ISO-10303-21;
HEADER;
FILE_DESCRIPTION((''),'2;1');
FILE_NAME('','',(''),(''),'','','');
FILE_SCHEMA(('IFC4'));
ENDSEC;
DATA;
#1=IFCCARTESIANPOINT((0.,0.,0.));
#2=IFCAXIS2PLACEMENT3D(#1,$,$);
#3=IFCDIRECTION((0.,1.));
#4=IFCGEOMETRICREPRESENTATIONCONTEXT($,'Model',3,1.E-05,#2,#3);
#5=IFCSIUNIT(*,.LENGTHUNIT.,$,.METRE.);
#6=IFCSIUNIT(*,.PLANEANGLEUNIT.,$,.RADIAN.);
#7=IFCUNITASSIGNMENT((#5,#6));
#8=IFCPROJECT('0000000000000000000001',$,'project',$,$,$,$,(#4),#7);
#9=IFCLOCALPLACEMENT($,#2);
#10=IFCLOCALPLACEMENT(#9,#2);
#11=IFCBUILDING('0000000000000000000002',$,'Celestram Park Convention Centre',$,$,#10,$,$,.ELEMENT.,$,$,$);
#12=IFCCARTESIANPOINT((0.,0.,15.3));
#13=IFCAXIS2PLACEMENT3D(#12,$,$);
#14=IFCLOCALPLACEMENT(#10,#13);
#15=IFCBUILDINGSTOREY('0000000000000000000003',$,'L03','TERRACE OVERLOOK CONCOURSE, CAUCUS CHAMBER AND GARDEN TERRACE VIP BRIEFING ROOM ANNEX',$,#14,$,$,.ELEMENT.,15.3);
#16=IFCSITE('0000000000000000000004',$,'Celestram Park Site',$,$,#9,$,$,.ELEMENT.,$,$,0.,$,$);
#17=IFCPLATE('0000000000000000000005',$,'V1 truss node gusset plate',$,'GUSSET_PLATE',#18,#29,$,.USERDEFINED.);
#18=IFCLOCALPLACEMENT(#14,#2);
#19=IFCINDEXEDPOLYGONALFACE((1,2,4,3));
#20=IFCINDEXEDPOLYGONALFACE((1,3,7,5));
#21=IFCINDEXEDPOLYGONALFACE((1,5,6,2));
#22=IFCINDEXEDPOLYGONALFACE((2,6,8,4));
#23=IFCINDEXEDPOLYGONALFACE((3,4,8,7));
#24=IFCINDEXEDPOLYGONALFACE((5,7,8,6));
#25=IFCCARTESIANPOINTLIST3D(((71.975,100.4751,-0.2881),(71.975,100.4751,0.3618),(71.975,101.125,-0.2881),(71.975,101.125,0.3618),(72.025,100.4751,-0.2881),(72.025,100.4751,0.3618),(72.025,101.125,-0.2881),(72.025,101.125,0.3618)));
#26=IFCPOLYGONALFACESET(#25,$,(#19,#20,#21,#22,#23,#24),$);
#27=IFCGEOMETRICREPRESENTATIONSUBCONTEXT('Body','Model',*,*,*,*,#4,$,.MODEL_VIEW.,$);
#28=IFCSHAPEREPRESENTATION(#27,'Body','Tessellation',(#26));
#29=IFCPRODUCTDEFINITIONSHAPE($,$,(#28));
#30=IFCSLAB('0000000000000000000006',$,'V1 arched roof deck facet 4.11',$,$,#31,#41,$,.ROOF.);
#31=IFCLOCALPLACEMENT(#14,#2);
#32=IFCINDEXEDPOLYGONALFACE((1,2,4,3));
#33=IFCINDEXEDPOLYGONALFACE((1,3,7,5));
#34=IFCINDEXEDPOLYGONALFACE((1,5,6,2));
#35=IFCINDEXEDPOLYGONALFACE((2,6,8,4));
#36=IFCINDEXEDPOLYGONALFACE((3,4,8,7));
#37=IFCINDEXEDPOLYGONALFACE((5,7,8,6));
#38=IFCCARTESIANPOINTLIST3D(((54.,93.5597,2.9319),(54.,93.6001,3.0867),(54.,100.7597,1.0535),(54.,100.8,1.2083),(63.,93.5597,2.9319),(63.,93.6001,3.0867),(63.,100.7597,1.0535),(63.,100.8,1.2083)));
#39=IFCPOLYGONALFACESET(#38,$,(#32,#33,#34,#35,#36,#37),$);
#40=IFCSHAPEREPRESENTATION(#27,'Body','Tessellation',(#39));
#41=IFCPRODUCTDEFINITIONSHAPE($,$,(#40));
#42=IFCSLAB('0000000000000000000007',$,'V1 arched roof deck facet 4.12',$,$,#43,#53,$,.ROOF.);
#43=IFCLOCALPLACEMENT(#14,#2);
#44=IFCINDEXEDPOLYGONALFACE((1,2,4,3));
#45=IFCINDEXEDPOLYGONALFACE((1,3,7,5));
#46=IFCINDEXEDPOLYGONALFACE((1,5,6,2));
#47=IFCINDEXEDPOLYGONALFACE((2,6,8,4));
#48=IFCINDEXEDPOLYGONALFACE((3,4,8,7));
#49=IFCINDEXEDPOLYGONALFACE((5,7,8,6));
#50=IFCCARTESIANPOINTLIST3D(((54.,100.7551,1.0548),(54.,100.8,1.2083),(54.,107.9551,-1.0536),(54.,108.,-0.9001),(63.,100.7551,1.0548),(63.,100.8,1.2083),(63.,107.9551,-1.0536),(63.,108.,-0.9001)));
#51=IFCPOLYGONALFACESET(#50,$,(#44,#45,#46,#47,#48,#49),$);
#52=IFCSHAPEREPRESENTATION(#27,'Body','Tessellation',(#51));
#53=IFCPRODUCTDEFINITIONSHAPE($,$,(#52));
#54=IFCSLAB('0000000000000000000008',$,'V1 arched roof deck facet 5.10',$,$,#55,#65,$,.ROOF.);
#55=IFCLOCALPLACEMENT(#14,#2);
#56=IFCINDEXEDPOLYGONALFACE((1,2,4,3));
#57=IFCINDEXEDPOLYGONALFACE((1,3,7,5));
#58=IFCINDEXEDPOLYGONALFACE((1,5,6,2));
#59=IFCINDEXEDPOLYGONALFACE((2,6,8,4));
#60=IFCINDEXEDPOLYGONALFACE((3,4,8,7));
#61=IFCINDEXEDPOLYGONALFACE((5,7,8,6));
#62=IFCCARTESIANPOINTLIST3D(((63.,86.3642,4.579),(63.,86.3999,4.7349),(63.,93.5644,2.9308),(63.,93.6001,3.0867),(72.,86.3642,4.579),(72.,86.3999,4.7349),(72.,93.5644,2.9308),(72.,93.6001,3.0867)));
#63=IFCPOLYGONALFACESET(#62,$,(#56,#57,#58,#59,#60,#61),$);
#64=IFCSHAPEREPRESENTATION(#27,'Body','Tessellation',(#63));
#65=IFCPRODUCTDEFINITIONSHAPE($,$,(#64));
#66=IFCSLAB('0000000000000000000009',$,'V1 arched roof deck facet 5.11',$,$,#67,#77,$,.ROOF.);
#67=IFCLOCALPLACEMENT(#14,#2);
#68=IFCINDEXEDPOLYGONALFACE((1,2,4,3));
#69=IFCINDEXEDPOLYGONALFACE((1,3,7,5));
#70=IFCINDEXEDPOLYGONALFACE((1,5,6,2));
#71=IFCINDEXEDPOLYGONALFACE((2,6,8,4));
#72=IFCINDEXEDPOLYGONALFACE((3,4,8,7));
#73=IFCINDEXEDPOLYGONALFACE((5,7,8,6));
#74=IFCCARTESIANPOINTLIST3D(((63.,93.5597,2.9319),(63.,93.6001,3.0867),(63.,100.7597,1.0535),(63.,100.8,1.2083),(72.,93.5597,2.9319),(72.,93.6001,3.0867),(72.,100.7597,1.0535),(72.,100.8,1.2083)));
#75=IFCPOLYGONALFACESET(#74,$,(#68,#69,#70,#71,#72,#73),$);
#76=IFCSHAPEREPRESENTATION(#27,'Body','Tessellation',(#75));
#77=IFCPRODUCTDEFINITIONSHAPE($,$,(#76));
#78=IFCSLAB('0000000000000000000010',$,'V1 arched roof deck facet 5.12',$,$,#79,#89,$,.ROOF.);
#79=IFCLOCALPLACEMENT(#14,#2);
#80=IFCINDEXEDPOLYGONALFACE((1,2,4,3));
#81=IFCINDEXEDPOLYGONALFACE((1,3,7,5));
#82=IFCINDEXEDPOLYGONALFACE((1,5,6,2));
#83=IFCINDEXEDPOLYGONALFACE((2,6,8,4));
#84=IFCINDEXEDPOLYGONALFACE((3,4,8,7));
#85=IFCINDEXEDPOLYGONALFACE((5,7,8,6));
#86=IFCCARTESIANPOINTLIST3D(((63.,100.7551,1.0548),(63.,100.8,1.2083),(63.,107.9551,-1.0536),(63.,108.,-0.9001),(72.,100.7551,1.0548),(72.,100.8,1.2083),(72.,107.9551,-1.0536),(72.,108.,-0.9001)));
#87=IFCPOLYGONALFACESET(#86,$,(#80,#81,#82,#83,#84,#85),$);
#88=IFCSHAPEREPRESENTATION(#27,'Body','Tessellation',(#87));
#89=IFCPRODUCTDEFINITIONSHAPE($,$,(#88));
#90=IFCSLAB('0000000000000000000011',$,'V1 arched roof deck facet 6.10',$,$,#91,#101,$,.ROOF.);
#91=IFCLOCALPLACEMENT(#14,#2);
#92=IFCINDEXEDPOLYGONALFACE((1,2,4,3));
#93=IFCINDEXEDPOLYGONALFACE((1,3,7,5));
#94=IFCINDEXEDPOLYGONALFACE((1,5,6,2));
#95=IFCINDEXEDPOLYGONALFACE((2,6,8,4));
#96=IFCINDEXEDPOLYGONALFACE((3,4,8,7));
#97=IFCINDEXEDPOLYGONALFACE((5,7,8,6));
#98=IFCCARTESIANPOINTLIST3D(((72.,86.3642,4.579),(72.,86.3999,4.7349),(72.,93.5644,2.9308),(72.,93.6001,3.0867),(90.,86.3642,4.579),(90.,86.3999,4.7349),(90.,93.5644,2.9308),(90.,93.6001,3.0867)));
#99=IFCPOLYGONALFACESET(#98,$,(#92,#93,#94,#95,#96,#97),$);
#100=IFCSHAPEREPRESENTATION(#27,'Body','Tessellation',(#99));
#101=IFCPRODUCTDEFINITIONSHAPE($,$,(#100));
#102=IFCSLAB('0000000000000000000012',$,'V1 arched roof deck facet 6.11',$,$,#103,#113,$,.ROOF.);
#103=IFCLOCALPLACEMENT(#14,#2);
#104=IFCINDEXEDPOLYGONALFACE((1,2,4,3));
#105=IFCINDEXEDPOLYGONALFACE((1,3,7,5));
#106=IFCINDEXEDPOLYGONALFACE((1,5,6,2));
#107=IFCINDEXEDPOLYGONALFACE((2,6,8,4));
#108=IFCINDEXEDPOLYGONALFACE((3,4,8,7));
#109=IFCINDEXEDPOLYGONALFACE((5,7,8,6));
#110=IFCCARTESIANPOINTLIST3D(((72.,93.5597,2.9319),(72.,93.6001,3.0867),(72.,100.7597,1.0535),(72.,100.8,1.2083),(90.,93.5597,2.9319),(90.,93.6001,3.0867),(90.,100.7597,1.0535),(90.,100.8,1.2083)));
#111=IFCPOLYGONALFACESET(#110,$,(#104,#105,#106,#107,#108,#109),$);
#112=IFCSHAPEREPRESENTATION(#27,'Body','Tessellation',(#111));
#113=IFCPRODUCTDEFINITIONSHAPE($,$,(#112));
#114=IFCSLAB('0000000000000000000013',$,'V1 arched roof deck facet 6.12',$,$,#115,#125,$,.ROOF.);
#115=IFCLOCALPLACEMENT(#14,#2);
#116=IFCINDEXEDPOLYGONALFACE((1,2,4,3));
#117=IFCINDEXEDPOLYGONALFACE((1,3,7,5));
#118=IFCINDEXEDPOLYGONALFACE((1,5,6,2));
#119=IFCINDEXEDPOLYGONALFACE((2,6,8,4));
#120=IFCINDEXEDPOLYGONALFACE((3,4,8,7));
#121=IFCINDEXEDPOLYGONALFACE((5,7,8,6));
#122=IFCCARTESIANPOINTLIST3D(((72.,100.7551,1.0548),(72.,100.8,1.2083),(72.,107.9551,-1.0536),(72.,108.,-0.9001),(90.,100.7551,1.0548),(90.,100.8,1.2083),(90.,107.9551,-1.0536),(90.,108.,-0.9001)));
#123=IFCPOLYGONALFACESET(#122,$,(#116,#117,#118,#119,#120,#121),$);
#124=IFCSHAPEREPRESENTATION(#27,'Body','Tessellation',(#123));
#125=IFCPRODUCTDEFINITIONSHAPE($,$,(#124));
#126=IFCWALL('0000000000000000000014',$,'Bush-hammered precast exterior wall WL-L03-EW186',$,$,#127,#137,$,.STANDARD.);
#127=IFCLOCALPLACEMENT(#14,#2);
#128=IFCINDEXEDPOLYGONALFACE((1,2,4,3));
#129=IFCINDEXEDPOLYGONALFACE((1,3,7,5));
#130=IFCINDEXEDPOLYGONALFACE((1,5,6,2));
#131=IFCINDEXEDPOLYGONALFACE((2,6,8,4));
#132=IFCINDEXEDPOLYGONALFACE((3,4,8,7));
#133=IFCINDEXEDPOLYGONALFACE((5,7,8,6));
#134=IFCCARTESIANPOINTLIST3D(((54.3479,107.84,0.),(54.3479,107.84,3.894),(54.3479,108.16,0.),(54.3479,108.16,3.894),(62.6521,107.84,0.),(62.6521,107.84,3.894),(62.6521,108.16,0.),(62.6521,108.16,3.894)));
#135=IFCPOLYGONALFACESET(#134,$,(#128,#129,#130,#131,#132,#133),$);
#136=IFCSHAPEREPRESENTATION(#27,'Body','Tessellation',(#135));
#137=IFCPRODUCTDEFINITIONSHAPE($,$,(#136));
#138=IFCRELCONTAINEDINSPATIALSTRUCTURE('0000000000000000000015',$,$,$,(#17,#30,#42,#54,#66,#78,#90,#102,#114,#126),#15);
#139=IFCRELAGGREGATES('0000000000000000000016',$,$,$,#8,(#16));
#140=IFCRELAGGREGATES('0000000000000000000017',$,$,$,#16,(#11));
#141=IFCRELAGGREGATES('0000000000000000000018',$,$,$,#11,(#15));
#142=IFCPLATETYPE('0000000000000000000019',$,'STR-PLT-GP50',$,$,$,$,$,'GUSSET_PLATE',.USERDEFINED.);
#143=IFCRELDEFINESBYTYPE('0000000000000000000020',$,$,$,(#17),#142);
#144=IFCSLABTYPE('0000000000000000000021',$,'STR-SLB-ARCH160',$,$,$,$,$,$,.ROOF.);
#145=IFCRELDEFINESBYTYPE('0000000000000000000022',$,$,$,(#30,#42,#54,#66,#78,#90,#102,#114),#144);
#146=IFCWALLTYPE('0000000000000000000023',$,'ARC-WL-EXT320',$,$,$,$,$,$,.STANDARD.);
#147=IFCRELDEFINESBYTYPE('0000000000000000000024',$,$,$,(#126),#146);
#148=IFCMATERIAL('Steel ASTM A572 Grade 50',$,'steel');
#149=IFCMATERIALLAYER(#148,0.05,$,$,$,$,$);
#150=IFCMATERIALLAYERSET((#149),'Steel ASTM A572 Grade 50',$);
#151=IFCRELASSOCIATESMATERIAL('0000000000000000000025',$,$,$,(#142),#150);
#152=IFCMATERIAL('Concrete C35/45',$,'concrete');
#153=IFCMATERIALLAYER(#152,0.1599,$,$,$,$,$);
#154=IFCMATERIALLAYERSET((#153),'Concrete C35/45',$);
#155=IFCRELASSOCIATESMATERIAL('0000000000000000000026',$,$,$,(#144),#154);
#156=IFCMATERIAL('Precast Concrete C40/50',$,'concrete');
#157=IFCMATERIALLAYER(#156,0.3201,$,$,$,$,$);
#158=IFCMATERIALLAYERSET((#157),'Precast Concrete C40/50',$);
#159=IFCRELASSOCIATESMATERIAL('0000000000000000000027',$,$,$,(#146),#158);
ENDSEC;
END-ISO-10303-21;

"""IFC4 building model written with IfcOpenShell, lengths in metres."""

from ifc_helpers import new_model, si_unit, direction, frame, frame_2d, origin, origin_2d, place, context, subcontext, project, spatial, polyline, rectangle, outline, extrude, material, layer, layer_set, type_object, element, save


model = new_model("IFC4")

# Units and contexts
model_context = context("Model", 3, precision=1e-05, world=origin(), true_north=direction((0.0, 1.0)))
body_context = subcontext(model_context, "Body", "Model", "MODEL_VIEW")
ifc_project = project(units=[si_unit("LENGTHUNIT", "METRE"), si_unit("PLANEANGLEUNIT", "RADIAN")], contexts=[model_context])

# Site, building, storey
site_placement = place(None, origin())
site = spatial("IfcSite", under=ifc_project, at=site_placement, Name="Celestram Park Site", CompositionType="ELEMENT", RefElevation=0.0)
building_placement = place(site_placement, origin())
building = spatial("IfcBuilding", under=site, at=building_placement, Name="Celestram Park Convention Centre", CompositionType="ELEMENT")
storey_placement = place(building_placement, frame((0.0, 0.0, 15.3)))
storey = spatial("IfcBuildingStorey", under=building, at=storey_placement, Name="L03", Description="TERRACE OVERLOOK CONCOURSE, CAUCUS CHAMBER AND GARDEN TERRACE VIP BRIEFING ROOM ANNEX", CompositionType="ELEMENT", Elevation=15.3)

# Plate
ifc_material_1 = material(Name="Steel ASTM A572 Grade 50", Category="steel")
ifc_layer_1 = layer(ifc_material_1, 0.05)
ifc_layer_set_1 = layer_set([ifc_layer_1], Name="Steel ASTM A572 Grade 50")
plate_type = type_object("IfcPlateType", Name="STR-PLT-GP50", ElementType="GUSSET_PLATE", PredefinedType="USERDEFINED", material=ifc_layer_set_1)
for number, where, z_axis, x_axis, name in (
    (1, (72.0, 100.8, -0.2881), (0.0, 0.0, 1.0), (0.0, 1.0, 0.0), "V1 truss node gusset plate"),
):
    element("IfcPlate", number, at=place(storey_placement, frame(where, z_axis=z_axis, x_axis=x_axis)), inside=storey, type_object=plate_type, Name=name, ObjectType="GUSSET_PLATE", PredefinedType="USERDEFINED", context=body_context, shape_type="SweptSolid", body=[
        extrude(rectangle(XDim=0.6499, YDim=0.05, at=origin_2d()), origin(), (0.0, 0.0, 1.0), 0.6499),
    ])

# Slabs
ifc_material_2 = material(Name="Concrete C35/45", Category="concrete")
ifc_layer_2 = layer(ifc_material_2, 0.1599)
ifc_layer_set_2 = layer_set([ifc_layer_2], Name="Concrete C35/45")
slab_type = type_object("IfcSlabType", Name="STR-SLB-ARCH160", PredefinedType="ROOF", material=ifc_layer_set_2)
slab_1_placement = place(storey_placement, frame((54.0, 93.6001, 3.0867), z_axis=(0.0, 0.252443, 0.967612), x_axis=(1.0, 0.0, 0.0)))
element("IfcSlab", 2, at=slab_1_placement, inside=storey, type_object=slab_type, Name="V1 arched roof deck facet 4.11", PredefinedType="ROOF", context=body_context, shape_type="SweptSolid", body=[
    extrude(outline(polyline([(0.0, 0.0), (9.0, 0.0), (9.0, 7.441), (0.0, 7.441), (0.0, 0.0)])), origin(), (0.0, 0.0, -1.0), 0.1599),
])
slab_2_placement = place(storey_placement, frame((54.0, 100.8, 1.2083), z_axis=(0.0, 0.281033, 0.959698), x_axis=(1.0, 0.0, 0.0)))
element("IfcSlab", 3, at=slab_2_placement, inside=storey, type_object=slab_type, Name="V1 arched roof deck facet 4.12", PredefinedType="ROOF", context=body_context, shape_type="SweptSolid", body=[
    extrude(outline(polyline([(0.0, 0.0), (9.0, 0.0), (9.0, 7.5023), (0.0, 7.5023), (0.0, 0.0)])), origin(), (0.0, 0.0, -1.0), 0.1599),
])
slab_3_placement = place(storey_placement, frame((63.0, 86.3999, 4.7349), z_axis=(0.0, 0.223138, 0.974787), x_axis=(1.0, 0.0, 0.0)))
element("IfcSlab", 4, at=slab_3_placement, inside=storey, type_object=slab_type, Name="V1 arched roof deck facet 5.10", PredefinedType="ROOF", context=body_context, shape_type="SweptSolid", body=[
    extrude(outline(polyline([(0.0, 0.0), (9.0, 0.0), (9.0, 7.3864), (0.0, 7.3864), (0.0, 0.0)])), origin(), (0.0, 0.0, -1.0), 0.1599),
])
slab_4_placement = place(storey_placement, frame((63.0, 93.6001, 3.0867), z_axis=(0.0, 0.252443, 0.967612), x_axis=(1.0, 0.0, 0.0)))
element("IfcSlab", 5, at=slab_4_placement, inside=storey, type_object=slab_type, Name="V1 arched roof deck facet 5.11", PredefinedType="ROOF", context=body_context, shape_type="SweptSolid", body=[
    extrude(outline(polyline([(0.0, 0.0), (9.0, 0.0), (9.0, 7.441), (0.0, 7.441), (0.0, 0.0)])), origin(), (0.0, 0.0, -1.0), 0.1599),
])
slab_5_placement = place(storey_placement, frame((63.0, 100.8, 1.2083), z_axis=(0.0, 0.281033, 0.959698), x_axis=(1.0, 0.0, 0.0)))
element("IfcSlab", 6, at=slab_5_placement, inside=storey, type_object=slab_type, Name="V1 arched roof deck facet 5.12", PredefinedType="ROOF", context=body_context, shape_type="SweptSolid", body=[
    extrude(outline(polyline([(0.0, 0.0), (9.0, 0.0), (9.0, 7.5023), (0.0, 7.5023), (0.0, 0.0)])), origin(), (0.0, 0.0, -1.0), 0.1599),
])
slab_6_placement = place(storey_placement, frame((72.0, 86.3999, 4.7349), z_axis=(0.0, 0.223138, 0.974787), x_axis=(1.0, 0.0, 0.0)))
element("IfcSlab", 7, at=slab_6_placement, inside=storey, type_object=slab_type, Name="V1 arched roof deck facet 6.10", PredefinedType="ROOF", context=body_context, shape_type="SweptSolid", body=[
    extrude(outline(polyline([(0.0, 0.0), (18.0, 0.0), (18.0, 7.3864), (0.0, 7.3864), (0.0, 0.0)])), origin(), (0.0, 0.0, -1.0), 0.1599),
])
slab_7_placement = place(storey_placement, frame((72.0, 93.6001, 3.0867), z_axis=(0.0, 0.252443, 0.967612), x_axis=(1.0, 0.0, 0.0)))
element("IfcSlab", 8, at=slab_7_placement, inside=storey, type_object=slab_type, Name="V1 arched roof deck facet 6.11", PredefinedType="ROOF", context=body_context, shape_type="SweptSolid", body=[
    extrude(outline(polyline([(0.0, 0.0), (18.0, 0.0), (18.0, 7.441), (0.0, 7.441), (0.0, 0.0)])), origin(), (0.0, 0.0, -1.0), 0.1599),
])
slab_8_placement = place(storey_placement, frame((72.0, 100.8, 1.2083), z_axis=(0.0, 0.281033, 0.959698), x_axis=(1.0, 0.0, 0.0)))
element("IfcSlab", 9, at=slab_8_placement, inside=storey, type_object=slab_type, Name="V1 arched roof deck facet 6.12", PredefinedType="ROOF", context=body_context, shape_type="SweptSolid", body=[
    extrude(outline(polyline([(0.0, 0.0), (18.0, 0.0), (18.0, 7.5023), (0.0, 7.5023), (0.0, 0.0)])), origin(), (0.0, 0.0, -1.0), 0.1599),
])

# Wall
ifc_material_3 = material(Name="Precast Concrete C40/50", Category="concrete")
ifc_layer_3 = layer(ifc_material_3, 0.3201)
ifc_layer_set_3 = layer_set([ifc_layer_3], Name="Precast Concrete C40/50")
wall_type = type_object("IfcWallType", Name="ARC-WL-EXT320", PredefinedType="STANDARD", material=ifc_layer_set_3)
wall_placement = place(storey_placement, frame((62.6521, 108.0, 0.0), z_axis=(0.0, 0.0, 1.0), x_axis=(-1.0, 0.0, 0.0)))
element("IfcWall", 10, at=wall_placement, inside=storey, type_object=wall_type, Name="Bush-hammered precast exterior wall WL-L03-EW186", PredefinedType="STANDARD", context=body_context, shape_type="SweptSolid", body=[
    extrude(rectangle(XDim=8.3042, YDim=0.3201, at=frame_2d((4.1521, 0.0))), origin(), (0.0, 0.0, 1.0), 3.894),
])

save(model, "model.ifc")
